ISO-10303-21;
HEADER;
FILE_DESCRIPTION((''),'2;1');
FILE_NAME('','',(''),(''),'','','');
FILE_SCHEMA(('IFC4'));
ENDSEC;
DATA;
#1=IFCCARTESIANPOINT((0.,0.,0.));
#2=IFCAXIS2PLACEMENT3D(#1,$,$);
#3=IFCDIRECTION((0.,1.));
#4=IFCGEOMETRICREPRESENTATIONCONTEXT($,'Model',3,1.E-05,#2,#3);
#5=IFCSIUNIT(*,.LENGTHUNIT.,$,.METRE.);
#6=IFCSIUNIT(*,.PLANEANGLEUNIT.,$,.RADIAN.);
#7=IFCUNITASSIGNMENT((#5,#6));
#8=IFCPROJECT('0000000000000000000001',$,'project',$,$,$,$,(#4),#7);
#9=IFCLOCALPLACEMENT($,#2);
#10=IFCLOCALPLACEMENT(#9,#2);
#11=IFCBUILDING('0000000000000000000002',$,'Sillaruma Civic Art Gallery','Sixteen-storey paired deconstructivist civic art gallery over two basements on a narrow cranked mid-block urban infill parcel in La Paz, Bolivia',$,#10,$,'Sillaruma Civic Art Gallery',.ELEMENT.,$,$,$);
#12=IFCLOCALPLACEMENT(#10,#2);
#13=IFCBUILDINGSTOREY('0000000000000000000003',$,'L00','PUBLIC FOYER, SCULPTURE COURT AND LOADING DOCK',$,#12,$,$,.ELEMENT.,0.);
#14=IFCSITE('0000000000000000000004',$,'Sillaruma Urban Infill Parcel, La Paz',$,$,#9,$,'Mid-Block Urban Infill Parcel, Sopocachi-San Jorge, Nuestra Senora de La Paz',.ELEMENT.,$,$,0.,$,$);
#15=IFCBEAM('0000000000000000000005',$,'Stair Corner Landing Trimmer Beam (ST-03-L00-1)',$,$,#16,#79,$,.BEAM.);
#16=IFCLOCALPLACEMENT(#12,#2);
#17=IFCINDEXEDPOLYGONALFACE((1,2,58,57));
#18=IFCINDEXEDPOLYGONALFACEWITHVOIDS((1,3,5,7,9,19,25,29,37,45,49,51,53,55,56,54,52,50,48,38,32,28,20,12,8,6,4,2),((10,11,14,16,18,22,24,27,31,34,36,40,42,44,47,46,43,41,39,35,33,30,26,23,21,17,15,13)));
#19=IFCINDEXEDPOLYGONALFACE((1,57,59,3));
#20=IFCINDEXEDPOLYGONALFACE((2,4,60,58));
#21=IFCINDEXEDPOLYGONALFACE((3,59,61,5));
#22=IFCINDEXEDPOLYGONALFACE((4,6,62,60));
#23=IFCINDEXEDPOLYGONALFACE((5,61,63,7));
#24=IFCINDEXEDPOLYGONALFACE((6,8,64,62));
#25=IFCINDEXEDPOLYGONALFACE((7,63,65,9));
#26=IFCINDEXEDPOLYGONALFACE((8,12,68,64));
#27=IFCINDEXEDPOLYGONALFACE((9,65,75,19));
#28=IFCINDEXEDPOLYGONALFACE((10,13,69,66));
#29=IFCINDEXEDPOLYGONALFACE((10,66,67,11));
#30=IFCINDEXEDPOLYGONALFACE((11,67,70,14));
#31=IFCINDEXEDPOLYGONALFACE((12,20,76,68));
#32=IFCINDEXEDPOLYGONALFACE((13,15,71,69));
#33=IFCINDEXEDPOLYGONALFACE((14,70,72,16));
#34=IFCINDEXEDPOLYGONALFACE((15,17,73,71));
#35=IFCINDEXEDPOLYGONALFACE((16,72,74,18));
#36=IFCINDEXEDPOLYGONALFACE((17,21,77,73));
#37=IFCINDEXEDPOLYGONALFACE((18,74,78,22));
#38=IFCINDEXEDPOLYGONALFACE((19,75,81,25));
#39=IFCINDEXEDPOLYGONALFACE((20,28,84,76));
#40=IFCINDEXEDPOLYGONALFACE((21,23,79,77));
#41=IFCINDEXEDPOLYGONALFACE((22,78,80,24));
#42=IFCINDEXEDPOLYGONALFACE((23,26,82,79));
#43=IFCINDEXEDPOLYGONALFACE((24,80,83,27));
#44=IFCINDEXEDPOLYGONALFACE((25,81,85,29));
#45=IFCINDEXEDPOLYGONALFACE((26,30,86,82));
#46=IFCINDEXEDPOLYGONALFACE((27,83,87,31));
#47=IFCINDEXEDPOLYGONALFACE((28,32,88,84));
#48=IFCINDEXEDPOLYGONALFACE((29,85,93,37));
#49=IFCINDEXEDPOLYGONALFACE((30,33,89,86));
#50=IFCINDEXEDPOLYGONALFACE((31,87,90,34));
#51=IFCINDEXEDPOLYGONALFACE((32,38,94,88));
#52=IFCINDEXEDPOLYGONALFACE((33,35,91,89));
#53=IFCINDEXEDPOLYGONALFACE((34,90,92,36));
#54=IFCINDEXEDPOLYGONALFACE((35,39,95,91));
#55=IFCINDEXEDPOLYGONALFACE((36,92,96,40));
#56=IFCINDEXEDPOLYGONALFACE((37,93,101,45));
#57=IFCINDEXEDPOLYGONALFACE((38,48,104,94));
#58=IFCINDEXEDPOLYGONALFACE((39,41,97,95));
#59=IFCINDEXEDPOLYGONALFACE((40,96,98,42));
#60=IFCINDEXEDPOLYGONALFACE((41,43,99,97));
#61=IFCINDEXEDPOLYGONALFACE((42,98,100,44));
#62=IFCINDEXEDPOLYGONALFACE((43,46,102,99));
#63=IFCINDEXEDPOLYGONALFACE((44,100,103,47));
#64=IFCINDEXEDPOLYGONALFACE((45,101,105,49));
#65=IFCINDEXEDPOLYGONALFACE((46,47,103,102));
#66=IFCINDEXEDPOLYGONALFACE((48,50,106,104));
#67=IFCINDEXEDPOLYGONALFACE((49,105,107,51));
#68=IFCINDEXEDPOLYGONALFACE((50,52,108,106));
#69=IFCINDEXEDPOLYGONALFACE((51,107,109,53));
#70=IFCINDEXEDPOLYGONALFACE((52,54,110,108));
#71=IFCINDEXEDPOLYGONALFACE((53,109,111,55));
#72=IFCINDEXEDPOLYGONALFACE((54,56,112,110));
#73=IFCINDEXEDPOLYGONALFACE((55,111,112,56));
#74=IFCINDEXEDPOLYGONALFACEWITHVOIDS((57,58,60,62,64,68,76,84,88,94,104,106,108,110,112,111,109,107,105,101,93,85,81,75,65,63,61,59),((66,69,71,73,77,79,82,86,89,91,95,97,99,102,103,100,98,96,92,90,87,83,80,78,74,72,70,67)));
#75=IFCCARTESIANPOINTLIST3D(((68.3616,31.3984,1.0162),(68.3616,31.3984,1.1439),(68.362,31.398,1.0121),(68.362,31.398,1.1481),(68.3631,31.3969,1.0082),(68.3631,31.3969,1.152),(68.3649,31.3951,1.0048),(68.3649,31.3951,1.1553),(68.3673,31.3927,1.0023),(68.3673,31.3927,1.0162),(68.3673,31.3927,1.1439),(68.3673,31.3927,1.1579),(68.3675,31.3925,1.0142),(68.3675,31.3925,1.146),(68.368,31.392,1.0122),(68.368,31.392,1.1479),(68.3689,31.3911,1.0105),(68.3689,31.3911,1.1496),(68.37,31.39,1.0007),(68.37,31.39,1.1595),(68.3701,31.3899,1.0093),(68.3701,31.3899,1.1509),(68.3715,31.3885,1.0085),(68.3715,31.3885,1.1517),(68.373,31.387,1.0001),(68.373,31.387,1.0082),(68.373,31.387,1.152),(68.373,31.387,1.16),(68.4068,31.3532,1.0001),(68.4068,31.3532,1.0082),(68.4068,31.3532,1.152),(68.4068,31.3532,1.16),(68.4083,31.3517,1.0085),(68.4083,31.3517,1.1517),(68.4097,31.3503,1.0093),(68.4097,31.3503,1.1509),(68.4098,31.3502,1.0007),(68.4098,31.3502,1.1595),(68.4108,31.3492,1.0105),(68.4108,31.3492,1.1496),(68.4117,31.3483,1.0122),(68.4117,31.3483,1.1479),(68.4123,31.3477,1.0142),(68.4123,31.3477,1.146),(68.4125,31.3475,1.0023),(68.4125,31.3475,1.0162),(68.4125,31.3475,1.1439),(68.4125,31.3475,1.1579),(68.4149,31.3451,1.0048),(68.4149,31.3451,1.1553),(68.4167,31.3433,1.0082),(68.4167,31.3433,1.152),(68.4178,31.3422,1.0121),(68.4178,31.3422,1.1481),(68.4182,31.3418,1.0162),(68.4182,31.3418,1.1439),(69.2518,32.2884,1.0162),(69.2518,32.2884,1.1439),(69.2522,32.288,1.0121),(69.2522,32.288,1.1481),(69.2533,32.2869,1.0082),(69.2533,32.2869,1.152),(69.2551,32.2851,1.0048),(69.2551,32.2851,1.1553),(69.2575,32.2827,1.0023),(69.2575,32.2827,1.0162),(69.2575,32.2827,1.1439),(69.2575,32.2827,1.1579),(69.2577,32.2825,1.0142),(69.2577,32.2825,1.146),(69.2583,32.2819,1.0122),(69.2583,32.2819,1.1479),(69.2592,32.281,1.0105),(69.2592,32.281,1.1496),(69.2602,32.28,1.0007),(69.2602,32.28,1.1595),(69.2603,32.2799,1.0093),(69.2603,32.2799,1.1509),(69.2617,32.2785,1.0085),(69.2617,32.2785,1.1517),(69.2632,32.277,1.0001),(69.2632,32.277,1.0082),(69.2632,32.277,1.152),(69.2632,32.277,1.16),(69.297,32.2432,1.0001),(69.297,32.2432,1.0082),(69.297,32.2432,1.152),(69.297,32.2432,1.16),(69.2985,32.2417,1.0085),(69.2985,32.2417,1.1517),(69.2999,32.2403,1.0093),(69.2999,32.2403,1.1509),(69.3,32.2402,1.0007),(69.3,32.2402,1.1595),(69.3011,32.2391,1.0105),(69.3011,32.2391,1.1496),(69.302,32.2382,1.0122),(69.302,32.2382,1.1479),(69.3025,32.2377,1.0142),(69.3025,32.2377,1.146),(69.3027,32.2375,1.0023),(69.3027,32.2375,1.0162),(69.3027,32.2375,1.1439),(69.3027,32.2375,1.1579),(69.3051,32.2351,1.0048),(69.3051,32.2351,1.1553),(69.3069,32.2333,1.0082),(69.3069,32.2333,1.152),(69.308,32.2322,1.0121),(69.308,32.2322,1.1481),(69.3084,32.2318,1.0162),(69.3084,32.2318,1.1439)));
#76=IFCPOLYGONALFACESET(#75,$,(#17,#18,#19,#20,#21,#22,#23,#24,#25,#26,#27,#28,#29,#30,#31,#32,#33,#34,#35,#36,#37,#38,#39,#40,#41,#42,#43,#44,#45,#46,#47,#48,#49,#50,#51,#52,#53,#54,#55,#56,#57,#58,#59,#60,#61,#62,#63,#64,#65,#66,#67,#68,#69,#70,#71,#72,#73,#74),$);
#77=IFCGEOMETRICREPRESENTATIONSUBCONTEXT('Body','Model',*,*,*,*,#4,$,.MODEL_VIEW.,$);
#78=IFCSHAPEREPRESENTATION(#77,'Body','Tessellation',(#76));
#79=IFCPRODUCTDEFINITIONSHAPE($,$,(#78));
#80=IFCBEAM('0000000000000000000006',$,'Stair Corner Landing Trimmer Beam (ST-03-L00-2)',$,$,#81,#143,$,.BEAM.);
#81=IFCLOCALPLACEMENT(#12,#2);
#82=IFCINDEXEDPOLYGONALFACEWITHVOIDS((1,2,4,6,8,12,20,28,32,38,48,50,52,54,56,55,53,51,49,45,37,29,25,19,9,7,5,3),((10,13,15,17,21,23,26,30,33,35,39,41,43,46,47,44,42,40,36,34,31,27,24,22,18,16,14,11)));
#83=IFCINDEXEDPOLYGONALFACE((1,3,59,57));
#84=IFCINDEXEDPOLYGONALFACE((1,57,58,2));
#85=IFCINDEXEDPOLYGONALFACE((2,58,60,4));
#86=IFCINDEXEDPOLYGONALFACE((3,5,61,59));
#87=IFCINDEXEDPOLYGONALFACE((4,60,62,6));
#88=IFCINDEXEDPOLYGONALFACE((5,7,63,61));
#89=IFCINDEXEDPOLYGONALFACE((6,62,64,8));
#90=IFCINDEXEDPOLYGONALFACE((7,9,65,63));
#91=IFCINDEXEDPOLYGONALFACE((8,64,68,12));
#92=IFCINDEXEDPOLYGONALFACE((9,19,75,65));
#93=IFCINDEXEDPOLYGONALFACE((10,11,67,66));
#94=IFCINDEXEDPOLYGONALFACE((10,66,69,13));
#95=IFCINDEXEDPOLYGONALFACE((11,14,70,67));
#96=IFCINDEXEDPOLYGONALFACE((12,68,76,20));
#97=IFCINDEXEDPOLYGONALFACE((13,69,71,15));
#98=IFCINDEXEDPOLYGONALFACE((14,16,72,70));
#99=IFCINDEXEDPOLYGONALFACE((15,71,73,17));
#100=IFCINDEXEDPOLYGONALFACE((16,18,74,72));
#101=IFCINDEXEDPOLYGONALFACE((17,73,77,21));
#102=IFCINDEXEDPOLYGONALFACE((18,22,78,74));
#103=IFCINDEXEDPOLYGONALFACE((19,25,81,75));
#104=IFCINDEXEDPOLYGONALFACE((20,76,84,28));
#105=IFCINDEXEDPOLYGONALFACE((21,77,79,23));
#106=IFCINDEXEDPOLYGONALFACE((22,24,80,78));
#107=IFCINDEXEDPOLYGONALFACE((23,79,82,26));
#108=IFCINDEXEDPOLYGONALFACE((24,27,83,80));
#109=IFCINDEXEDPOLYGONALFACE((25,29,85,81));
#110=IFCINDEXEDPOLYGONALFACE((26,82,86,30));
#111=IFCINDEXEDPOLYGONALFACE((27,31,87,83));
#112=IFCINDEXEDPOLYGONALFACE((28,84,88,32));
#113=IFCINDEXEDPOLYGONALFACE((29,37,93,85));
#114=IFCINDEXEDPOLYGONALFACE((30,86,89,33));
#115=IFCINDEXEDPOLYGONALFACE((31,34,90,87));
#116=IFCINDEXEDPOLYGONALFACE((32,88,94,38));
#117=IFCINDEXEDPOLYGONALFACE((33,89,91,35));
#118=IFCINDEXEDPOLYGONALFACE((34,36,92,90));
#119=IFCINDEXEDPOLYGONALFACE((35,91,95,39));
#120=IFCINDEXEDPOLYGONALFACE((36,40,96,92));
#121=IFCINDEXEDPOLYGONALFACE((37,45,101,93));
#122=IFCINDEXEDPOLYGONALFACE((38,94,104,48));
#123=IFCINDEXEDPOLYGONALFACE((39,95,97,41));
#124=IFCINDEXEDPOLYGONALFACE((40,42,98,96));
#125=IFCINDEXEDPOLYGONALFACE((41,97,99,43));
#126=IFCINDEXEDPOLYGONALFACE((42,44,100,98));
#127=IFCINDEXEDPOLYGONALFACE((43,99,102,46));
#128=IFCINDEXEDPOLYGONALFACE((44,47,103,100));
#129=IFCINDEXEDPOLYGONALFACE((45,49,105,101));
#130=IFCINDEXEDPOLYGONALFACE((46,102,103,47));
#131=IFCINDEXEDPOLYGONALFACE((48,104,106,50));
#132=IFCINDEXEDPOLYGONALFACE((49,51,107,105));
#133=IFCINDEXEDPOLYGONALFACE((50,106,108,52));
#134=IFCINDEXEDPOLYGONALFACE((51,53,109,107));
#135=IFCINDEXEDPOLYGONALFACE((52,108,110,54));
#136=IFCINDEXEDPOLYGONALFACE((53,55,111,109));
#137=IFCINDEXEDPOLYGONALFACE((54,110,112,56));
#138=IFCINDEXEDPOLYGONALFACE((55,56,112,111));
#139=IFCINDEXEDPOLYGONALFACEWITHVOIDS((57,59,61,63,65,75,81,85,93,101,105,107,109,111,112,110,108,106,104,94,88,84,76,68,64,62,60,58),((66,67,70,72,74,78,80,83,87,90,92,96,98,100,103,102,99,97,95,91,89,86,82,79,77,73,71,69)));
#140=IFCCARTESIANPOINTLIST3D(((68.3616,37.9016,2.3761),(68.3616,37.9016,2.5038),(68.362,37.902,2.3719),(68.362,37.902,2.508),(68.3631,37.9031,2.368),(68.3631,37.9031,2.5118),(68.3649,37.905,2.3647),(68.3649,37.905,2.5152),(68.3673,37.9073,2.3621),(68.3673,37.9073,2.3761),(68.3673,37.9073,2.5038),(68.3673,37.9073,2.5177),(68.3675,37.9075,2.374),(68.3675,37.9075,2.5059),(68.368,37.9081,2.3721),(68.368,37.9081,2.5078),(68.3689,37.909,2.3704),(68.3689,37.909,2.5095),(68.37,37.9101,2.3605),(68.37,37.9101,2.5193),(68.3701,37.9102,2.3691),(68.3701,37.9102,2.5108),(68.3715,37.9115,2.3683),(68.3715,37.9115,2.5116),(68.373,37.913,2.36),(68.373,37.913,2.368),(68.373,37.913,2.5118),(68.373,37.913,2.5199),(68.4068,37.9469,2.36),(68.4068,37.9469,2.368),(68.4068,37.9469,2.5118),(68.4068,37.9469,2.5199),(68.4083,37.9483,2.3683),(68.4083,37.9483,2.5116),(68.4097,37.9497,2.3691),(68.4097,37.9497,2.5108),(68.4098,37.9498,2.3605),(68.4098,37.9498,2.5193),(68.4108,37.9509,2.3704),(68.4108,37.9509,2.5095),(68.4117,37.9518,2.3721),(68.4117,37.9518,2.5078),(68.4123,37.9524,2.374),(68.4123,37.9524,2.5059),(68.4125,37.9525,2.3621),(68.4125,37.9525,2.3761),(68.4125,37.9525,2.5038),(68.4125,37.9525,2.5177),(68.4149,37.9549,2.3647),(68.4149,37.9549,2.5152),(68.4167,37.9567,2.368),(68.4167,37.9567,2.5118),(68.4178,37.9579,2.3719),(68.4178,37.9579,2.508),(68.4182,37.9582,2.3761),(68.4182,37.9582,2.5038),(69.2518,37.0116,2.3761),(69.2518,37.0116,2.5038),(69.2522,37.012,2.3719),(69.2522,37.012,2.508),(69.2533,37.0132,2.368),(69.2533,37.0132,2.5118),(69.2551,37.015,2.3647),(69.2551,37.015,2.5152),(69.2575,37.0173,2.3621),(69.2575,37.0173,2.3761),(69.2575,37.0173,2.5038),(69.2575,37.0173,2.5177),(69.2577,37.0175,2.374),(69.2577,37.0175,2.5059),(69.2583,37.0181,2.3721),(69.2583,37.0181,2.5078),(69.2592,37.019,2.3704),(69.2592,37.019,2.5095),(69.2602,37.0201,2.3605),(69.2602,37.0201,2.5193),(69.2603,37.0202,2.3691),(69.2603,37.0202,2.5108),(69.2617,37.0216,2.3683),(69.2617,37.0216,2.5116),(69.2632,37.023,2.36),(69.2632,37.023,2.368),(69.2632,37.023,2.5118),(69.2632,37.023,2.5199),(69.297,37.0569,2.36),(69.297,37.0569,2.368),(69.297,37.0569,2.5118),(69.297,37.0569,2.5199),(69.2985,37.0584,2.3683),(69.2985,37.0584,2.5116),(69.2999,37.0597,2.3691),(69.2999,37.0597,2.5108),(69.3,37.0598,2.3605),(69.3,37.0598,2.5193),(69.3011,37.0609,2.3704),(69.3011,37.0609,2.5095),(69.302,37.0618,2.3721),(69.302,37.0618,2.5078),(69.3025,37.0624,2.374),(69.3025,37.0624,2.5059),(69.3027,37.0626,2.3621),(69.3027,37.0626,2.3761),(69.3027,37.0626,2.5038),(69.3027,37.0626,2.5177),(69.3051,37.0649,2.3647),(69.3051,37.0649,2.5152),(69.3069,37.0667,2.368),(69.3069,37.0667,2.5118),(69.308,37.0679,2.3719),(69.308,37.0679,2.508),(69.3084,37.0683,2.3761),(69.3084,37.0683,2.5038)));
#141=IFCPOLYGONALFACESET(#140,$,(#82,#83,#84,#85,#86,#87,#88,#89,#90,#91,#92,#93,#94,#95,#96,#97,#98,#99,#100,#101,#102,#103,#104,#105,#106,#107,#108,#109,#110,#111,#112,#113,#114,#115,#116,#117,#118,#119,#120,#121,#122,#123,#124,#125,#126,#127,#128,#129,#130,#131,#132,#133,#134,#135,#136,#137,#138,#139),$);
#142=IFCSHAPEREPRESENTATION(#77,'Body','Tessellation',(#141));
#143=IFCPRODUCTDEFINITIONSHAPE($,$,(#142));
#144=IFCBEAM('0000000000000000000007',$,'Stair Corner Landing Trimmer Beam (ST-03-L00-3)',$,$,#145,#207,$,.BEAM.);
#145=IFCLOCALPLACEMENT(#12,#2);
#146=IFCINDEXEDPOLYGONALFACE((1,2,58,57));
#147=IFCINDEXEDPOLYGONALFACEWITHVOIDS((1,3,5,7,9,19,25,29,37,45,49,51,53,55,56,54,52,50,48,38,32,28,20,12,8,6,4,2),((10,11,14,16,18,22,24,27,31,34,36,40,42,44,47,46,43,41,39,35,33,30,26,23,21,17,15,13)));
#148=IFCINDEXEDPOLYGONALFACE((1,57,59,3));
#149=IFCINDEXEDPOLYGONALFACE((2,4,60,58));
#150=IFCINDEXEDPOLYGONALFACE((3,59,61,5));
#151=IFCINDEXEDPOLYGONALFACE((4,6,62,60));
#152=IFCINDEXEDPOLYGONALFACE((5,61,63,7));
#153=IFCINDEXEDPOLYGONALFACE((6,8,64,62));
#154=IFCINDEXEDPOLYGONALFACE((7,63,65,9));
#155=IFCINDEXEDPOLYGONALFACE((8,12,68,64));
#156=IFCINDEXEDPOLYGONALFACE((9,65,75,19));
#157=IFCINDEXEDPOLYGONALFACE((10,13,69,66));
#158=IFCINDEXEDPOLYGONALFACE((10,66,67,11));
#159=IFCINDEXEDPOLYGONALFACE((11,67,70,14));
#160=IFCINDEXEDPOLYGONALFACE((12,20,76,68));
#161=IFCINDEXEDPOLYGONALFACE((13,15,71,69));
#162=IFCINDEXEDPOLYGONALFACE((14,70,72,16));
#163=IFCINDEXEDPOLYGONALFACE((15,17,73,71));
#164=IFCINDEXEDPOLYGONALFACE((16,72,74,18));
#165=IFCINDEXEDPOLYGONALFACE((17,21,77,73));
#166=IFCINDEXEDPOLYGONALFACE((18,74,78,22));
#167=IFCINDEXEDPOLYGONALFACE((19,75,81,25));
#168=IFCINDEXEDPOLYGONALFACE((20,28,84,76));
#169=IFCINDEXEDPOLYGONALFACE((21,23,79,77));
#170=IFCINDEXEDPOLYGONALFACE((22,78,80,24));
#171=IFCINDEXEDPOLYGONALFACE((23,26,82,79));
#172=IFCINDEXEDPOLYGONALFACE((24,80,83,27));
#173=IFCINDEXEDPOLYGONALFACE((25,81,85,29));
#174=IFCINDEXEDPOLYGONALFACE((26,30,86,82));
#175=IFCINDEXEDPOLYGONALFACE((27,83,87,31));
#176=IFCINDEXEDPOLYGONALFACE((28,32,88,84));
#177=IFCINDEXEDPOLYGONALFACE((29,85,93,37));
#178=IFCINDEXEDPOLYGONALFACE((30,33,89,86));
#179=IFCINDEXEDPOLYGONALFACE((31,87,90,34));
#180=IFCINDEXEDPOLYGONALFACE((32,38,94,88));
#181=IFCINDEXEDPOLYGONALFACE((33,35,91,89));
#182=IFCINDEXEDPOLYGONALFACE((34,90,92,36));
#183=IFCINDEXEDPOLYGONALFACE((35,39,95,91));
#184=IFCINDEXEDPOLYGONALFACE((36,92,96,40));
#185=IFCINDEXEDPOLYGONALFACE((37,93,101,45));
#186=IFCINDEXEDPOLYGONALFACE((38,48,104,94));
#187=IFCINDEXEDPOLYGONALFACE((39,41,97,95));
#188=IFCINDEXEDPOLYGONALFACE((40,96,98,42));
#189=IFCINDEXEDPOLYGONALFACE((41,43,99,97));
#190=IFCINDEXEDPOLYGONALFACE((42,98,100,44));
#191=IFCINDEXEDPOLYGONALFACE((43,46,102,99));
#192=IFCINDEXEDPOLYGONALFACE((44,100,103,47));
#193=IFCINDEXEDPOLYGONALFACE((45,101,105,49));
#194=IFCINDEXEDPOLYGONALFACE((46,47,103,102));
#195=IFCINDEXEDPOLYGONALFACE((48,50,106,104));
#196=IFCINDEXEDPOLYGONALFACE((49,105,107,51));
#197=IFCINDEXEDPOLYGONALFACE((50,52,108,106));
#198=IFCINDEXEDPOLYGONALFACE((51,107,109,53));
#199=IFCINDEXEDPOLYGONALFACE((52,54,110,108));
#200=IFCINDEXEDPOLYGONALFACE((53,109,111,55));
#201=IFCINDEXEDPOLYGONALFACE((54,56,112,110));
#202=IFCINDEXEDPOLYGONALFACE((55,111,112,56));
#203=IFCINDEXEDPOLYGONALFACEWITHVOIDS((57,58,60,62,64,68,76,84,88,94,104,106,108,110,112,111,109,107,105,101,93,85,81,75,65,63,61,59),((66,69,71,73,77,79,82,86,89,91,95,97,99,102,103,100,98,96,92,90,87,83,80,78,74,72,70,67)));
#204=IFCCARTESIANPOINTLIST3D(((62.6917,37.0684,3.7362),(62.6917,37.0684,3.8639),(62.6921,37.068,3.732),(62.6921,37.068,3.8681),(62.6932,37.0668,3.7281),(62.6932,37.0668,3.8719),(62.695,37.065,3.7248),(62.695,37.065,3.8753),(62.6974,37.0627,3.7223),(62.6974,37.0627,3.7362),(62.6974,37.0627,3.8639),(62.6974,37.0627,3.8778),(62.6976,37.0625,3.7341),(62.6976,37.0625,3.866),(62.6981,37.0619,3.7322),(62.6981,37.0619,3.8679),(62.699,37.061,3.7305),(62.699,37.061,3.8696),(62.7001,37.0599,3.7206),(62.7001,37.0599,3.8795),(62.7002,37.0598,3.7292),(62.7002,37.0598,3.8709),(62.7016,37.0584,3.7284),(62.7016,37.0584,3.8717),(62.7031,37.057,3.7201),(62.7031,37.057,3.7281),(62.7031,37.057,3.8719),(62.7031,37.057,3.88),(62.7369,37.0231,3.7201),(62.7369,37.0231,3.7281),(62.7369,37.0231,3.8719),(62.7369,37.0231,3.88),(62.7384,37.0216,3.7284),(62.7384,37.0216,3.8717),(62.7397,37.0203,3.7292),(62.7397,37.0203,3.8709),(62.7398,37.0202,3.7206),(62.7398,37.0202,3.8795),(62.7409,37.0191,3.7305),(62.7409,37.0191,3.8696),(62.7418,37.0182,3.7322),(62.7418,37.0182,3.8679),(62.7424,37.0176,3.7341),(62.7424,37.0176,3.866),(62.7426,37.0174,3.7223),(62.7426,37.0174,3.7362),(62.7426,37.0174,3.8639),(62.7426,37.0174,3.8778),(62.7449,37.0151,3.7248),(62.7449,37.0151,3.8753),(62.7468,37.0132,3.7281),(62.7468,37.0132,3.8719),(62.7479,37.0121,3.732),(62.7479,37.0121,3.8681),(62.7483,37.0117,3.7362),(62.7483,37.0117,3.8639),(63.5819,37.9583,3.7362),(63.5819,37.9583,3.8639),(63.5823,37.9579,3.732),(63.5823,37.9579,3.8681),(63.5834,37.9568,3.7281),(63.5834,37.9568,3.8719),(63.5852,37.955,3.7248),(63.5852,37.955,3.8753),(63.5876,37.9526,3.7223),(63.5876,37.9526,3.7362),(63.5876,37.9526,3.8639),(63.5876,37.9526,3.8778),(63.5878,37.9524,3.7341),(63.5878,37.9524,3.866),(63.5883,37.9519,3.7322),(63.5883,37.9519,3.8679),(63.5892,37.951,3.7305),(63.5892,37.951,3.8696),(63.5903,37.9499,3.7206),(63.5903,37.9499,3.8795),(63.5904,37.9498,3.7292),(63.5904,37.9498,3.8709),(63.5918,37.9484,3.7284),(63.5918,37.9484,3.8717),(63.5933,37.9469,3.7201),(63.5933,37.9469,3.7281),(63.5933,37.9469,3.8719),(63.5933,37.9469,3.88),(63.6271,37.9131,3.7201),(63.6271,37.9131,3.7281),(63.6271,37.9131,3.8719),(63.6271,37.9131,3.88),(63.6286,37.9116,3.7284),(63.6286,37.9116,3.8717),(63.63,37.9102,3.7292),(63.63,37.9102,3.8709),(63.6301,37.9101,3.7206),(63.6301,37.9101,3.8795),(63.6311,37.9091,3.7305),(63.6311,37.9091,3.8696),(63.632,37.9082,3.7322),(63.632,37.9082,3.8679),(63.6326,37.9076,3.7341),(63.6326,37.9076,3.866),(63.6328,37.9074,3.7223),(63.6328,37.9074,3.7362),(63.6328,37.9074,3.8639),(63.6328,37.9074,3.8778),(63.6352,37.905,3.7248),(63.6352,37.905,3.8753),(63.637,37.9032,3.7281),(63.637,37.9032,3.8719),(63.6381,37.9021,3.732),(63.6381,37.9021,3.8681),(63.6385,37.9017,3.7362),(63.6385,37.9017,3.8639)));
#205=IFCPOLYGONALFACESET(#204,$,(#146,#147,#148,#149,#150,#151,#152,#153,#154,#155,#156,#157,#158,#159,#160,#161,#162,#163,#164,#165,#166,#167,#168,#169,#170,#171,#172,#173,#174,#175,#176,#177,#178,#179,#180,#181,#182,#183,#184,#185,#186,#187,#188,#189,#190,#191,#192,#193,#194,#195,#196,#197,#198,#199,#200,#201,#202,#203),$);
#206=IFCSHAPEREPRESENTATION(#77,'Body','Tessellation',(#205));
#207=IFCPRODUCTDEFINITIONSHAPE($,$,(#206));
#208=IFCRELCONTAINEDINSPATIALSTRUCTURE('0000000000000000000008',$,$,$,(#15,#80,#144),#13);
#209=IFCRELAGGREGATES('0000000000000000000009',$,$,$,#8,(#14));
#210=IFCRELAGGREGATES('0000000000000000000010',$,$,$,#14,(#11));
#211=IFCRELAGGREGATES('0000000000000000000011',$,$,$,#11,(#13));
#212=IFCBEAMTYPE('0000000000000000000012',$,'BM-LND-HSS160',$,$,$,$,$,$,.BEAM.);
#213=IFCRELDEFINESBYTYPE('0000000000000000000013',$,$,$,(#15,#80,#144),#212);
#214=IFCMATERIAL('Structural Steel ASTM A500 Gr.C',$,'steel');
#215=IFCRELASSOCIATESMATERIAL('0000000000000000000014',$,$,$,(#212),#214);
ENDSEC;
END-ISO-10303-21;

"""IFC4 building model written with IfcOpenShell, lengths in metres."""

from ifc_helpers import new_model, si_unit, direction, frame, origin, origin_2d, place, context, subcontext, project, spatial, hollow_rectangle, extrude, material, material_profile, profile_set, type_object, element, save


model = new_model("IFC4")

# Units and contexts
model_context = context("Model", 3, precision=1e-05, world=origin(), true_north=direction((0.0, 1.0)))
body_context = subcontext(model_context, "Body", "Model", "MODEL_VIEW")
ifc_project = project(units=[si_unit("LENGTHUNIT", "METRE"), si_unit("PLANEANGLEUNIT", "RADIAN")], contexts=[model_context])

# Site, building, storey
site_placement = place(None, origin())
site = spatial("IfcSite", under=ifc_project, at=site_placement, Name="Sillaruma Urban Infill Parcel, La Paz", LongName="Mid-Block Urban Infill Parcel, Sopocachi-San Jorge, Nuestra Senora de La Paz", CompositionType="ELEMENT", RefElevation=0.0)
building_placement = place(site_placement, origin())
building = spatial("IfcBuilding", under=site, at=building_placement, Name="Sillaruma Civic Art Gallery", Description="Sixteen-storey paired deconstructivist civic art gallery over two basements on a narrow cranked mid-block urban infill parcel in La Paz, Bolivia", LongName="Sillaruma Civic Art Gallery", CompositionType="ELEMENT")
storey_placement = place(building_placement, origin())
storey = spatial("IfcBuildingStorey", under=building, at=storey_placement, Name="L00", Description="PUBLIC FOYER, SCULPTURE COURT AND LOADING DOCK", CompositionType="ELEMENT", Elevation=0.0)

# Beams
ifc_material_1 = material(Name="Structural Steel ASTM A500 Gr.C", Category="steel")
ifc_material_profile_1 = material_profile(ifc_material_1, hollow_rectangle(XDim=0.0801, YDim=0.1599, WallThickness=0.0081, InnerFilletRadius=0.0081, OuterFilletRadius=0.0161, at=origin_2d()), Name="HSS160x80x8")
ifc_profile_set_1 = profile_set([ifc_material_profile_1], Name="Structural Steel ASTM A500 Gr.C")
beam_type_1 = type_object("IfcBeamType", Name="BM-LND-HSS160", PredefinedType="BEAM", material=ifc_profile_set_1)
for number, where, z_axis, x_axis, name in (
    (1, (68.3899, 31.3701, 1.0801), (0.707204, 0.70701, 0.0), (-0.70701, 0.707204, 0.0), "Stair Corner Landing Trimmer Beam (ST-03-L00-1)"),
    (2, (68.3899, 37.9299, 2.4399), (0.707204, -0.70701, 0.0), (0.70701, 0.707204, 0.0), "Stair Corner Landing Trimmer Beam (ST-03-L00-2)"),
    (3, (62.72, 37.04, 3.8), (0.707204, 0.70701, 0.0), (-0.70701, 0.707204, 0.0), "Stair Corner Landing Trimmer Beam (ST-03-L00-3)"),
):
    element("IfcBeam", number, at=place(storey_placement, frame(where, z_axis=z_axis, x_axis=x_axis)), inside=storey, type_object=beam_type_1, Name=name, PredefinedType="BEAM", context=body_context, shape_type="SweptSolid", body=[
        extrude(hollow_rectangle(XDim=0.0801, YDim=0.1599, WallThickness=0.0081, InnerFilletRadius=0.0081, OuterFilletRadius=0.0161, at=origin_2d()), origin(), (0.0, 0.0, 1.0), 1.2588),
    ])

save(model, "model.ifc")
